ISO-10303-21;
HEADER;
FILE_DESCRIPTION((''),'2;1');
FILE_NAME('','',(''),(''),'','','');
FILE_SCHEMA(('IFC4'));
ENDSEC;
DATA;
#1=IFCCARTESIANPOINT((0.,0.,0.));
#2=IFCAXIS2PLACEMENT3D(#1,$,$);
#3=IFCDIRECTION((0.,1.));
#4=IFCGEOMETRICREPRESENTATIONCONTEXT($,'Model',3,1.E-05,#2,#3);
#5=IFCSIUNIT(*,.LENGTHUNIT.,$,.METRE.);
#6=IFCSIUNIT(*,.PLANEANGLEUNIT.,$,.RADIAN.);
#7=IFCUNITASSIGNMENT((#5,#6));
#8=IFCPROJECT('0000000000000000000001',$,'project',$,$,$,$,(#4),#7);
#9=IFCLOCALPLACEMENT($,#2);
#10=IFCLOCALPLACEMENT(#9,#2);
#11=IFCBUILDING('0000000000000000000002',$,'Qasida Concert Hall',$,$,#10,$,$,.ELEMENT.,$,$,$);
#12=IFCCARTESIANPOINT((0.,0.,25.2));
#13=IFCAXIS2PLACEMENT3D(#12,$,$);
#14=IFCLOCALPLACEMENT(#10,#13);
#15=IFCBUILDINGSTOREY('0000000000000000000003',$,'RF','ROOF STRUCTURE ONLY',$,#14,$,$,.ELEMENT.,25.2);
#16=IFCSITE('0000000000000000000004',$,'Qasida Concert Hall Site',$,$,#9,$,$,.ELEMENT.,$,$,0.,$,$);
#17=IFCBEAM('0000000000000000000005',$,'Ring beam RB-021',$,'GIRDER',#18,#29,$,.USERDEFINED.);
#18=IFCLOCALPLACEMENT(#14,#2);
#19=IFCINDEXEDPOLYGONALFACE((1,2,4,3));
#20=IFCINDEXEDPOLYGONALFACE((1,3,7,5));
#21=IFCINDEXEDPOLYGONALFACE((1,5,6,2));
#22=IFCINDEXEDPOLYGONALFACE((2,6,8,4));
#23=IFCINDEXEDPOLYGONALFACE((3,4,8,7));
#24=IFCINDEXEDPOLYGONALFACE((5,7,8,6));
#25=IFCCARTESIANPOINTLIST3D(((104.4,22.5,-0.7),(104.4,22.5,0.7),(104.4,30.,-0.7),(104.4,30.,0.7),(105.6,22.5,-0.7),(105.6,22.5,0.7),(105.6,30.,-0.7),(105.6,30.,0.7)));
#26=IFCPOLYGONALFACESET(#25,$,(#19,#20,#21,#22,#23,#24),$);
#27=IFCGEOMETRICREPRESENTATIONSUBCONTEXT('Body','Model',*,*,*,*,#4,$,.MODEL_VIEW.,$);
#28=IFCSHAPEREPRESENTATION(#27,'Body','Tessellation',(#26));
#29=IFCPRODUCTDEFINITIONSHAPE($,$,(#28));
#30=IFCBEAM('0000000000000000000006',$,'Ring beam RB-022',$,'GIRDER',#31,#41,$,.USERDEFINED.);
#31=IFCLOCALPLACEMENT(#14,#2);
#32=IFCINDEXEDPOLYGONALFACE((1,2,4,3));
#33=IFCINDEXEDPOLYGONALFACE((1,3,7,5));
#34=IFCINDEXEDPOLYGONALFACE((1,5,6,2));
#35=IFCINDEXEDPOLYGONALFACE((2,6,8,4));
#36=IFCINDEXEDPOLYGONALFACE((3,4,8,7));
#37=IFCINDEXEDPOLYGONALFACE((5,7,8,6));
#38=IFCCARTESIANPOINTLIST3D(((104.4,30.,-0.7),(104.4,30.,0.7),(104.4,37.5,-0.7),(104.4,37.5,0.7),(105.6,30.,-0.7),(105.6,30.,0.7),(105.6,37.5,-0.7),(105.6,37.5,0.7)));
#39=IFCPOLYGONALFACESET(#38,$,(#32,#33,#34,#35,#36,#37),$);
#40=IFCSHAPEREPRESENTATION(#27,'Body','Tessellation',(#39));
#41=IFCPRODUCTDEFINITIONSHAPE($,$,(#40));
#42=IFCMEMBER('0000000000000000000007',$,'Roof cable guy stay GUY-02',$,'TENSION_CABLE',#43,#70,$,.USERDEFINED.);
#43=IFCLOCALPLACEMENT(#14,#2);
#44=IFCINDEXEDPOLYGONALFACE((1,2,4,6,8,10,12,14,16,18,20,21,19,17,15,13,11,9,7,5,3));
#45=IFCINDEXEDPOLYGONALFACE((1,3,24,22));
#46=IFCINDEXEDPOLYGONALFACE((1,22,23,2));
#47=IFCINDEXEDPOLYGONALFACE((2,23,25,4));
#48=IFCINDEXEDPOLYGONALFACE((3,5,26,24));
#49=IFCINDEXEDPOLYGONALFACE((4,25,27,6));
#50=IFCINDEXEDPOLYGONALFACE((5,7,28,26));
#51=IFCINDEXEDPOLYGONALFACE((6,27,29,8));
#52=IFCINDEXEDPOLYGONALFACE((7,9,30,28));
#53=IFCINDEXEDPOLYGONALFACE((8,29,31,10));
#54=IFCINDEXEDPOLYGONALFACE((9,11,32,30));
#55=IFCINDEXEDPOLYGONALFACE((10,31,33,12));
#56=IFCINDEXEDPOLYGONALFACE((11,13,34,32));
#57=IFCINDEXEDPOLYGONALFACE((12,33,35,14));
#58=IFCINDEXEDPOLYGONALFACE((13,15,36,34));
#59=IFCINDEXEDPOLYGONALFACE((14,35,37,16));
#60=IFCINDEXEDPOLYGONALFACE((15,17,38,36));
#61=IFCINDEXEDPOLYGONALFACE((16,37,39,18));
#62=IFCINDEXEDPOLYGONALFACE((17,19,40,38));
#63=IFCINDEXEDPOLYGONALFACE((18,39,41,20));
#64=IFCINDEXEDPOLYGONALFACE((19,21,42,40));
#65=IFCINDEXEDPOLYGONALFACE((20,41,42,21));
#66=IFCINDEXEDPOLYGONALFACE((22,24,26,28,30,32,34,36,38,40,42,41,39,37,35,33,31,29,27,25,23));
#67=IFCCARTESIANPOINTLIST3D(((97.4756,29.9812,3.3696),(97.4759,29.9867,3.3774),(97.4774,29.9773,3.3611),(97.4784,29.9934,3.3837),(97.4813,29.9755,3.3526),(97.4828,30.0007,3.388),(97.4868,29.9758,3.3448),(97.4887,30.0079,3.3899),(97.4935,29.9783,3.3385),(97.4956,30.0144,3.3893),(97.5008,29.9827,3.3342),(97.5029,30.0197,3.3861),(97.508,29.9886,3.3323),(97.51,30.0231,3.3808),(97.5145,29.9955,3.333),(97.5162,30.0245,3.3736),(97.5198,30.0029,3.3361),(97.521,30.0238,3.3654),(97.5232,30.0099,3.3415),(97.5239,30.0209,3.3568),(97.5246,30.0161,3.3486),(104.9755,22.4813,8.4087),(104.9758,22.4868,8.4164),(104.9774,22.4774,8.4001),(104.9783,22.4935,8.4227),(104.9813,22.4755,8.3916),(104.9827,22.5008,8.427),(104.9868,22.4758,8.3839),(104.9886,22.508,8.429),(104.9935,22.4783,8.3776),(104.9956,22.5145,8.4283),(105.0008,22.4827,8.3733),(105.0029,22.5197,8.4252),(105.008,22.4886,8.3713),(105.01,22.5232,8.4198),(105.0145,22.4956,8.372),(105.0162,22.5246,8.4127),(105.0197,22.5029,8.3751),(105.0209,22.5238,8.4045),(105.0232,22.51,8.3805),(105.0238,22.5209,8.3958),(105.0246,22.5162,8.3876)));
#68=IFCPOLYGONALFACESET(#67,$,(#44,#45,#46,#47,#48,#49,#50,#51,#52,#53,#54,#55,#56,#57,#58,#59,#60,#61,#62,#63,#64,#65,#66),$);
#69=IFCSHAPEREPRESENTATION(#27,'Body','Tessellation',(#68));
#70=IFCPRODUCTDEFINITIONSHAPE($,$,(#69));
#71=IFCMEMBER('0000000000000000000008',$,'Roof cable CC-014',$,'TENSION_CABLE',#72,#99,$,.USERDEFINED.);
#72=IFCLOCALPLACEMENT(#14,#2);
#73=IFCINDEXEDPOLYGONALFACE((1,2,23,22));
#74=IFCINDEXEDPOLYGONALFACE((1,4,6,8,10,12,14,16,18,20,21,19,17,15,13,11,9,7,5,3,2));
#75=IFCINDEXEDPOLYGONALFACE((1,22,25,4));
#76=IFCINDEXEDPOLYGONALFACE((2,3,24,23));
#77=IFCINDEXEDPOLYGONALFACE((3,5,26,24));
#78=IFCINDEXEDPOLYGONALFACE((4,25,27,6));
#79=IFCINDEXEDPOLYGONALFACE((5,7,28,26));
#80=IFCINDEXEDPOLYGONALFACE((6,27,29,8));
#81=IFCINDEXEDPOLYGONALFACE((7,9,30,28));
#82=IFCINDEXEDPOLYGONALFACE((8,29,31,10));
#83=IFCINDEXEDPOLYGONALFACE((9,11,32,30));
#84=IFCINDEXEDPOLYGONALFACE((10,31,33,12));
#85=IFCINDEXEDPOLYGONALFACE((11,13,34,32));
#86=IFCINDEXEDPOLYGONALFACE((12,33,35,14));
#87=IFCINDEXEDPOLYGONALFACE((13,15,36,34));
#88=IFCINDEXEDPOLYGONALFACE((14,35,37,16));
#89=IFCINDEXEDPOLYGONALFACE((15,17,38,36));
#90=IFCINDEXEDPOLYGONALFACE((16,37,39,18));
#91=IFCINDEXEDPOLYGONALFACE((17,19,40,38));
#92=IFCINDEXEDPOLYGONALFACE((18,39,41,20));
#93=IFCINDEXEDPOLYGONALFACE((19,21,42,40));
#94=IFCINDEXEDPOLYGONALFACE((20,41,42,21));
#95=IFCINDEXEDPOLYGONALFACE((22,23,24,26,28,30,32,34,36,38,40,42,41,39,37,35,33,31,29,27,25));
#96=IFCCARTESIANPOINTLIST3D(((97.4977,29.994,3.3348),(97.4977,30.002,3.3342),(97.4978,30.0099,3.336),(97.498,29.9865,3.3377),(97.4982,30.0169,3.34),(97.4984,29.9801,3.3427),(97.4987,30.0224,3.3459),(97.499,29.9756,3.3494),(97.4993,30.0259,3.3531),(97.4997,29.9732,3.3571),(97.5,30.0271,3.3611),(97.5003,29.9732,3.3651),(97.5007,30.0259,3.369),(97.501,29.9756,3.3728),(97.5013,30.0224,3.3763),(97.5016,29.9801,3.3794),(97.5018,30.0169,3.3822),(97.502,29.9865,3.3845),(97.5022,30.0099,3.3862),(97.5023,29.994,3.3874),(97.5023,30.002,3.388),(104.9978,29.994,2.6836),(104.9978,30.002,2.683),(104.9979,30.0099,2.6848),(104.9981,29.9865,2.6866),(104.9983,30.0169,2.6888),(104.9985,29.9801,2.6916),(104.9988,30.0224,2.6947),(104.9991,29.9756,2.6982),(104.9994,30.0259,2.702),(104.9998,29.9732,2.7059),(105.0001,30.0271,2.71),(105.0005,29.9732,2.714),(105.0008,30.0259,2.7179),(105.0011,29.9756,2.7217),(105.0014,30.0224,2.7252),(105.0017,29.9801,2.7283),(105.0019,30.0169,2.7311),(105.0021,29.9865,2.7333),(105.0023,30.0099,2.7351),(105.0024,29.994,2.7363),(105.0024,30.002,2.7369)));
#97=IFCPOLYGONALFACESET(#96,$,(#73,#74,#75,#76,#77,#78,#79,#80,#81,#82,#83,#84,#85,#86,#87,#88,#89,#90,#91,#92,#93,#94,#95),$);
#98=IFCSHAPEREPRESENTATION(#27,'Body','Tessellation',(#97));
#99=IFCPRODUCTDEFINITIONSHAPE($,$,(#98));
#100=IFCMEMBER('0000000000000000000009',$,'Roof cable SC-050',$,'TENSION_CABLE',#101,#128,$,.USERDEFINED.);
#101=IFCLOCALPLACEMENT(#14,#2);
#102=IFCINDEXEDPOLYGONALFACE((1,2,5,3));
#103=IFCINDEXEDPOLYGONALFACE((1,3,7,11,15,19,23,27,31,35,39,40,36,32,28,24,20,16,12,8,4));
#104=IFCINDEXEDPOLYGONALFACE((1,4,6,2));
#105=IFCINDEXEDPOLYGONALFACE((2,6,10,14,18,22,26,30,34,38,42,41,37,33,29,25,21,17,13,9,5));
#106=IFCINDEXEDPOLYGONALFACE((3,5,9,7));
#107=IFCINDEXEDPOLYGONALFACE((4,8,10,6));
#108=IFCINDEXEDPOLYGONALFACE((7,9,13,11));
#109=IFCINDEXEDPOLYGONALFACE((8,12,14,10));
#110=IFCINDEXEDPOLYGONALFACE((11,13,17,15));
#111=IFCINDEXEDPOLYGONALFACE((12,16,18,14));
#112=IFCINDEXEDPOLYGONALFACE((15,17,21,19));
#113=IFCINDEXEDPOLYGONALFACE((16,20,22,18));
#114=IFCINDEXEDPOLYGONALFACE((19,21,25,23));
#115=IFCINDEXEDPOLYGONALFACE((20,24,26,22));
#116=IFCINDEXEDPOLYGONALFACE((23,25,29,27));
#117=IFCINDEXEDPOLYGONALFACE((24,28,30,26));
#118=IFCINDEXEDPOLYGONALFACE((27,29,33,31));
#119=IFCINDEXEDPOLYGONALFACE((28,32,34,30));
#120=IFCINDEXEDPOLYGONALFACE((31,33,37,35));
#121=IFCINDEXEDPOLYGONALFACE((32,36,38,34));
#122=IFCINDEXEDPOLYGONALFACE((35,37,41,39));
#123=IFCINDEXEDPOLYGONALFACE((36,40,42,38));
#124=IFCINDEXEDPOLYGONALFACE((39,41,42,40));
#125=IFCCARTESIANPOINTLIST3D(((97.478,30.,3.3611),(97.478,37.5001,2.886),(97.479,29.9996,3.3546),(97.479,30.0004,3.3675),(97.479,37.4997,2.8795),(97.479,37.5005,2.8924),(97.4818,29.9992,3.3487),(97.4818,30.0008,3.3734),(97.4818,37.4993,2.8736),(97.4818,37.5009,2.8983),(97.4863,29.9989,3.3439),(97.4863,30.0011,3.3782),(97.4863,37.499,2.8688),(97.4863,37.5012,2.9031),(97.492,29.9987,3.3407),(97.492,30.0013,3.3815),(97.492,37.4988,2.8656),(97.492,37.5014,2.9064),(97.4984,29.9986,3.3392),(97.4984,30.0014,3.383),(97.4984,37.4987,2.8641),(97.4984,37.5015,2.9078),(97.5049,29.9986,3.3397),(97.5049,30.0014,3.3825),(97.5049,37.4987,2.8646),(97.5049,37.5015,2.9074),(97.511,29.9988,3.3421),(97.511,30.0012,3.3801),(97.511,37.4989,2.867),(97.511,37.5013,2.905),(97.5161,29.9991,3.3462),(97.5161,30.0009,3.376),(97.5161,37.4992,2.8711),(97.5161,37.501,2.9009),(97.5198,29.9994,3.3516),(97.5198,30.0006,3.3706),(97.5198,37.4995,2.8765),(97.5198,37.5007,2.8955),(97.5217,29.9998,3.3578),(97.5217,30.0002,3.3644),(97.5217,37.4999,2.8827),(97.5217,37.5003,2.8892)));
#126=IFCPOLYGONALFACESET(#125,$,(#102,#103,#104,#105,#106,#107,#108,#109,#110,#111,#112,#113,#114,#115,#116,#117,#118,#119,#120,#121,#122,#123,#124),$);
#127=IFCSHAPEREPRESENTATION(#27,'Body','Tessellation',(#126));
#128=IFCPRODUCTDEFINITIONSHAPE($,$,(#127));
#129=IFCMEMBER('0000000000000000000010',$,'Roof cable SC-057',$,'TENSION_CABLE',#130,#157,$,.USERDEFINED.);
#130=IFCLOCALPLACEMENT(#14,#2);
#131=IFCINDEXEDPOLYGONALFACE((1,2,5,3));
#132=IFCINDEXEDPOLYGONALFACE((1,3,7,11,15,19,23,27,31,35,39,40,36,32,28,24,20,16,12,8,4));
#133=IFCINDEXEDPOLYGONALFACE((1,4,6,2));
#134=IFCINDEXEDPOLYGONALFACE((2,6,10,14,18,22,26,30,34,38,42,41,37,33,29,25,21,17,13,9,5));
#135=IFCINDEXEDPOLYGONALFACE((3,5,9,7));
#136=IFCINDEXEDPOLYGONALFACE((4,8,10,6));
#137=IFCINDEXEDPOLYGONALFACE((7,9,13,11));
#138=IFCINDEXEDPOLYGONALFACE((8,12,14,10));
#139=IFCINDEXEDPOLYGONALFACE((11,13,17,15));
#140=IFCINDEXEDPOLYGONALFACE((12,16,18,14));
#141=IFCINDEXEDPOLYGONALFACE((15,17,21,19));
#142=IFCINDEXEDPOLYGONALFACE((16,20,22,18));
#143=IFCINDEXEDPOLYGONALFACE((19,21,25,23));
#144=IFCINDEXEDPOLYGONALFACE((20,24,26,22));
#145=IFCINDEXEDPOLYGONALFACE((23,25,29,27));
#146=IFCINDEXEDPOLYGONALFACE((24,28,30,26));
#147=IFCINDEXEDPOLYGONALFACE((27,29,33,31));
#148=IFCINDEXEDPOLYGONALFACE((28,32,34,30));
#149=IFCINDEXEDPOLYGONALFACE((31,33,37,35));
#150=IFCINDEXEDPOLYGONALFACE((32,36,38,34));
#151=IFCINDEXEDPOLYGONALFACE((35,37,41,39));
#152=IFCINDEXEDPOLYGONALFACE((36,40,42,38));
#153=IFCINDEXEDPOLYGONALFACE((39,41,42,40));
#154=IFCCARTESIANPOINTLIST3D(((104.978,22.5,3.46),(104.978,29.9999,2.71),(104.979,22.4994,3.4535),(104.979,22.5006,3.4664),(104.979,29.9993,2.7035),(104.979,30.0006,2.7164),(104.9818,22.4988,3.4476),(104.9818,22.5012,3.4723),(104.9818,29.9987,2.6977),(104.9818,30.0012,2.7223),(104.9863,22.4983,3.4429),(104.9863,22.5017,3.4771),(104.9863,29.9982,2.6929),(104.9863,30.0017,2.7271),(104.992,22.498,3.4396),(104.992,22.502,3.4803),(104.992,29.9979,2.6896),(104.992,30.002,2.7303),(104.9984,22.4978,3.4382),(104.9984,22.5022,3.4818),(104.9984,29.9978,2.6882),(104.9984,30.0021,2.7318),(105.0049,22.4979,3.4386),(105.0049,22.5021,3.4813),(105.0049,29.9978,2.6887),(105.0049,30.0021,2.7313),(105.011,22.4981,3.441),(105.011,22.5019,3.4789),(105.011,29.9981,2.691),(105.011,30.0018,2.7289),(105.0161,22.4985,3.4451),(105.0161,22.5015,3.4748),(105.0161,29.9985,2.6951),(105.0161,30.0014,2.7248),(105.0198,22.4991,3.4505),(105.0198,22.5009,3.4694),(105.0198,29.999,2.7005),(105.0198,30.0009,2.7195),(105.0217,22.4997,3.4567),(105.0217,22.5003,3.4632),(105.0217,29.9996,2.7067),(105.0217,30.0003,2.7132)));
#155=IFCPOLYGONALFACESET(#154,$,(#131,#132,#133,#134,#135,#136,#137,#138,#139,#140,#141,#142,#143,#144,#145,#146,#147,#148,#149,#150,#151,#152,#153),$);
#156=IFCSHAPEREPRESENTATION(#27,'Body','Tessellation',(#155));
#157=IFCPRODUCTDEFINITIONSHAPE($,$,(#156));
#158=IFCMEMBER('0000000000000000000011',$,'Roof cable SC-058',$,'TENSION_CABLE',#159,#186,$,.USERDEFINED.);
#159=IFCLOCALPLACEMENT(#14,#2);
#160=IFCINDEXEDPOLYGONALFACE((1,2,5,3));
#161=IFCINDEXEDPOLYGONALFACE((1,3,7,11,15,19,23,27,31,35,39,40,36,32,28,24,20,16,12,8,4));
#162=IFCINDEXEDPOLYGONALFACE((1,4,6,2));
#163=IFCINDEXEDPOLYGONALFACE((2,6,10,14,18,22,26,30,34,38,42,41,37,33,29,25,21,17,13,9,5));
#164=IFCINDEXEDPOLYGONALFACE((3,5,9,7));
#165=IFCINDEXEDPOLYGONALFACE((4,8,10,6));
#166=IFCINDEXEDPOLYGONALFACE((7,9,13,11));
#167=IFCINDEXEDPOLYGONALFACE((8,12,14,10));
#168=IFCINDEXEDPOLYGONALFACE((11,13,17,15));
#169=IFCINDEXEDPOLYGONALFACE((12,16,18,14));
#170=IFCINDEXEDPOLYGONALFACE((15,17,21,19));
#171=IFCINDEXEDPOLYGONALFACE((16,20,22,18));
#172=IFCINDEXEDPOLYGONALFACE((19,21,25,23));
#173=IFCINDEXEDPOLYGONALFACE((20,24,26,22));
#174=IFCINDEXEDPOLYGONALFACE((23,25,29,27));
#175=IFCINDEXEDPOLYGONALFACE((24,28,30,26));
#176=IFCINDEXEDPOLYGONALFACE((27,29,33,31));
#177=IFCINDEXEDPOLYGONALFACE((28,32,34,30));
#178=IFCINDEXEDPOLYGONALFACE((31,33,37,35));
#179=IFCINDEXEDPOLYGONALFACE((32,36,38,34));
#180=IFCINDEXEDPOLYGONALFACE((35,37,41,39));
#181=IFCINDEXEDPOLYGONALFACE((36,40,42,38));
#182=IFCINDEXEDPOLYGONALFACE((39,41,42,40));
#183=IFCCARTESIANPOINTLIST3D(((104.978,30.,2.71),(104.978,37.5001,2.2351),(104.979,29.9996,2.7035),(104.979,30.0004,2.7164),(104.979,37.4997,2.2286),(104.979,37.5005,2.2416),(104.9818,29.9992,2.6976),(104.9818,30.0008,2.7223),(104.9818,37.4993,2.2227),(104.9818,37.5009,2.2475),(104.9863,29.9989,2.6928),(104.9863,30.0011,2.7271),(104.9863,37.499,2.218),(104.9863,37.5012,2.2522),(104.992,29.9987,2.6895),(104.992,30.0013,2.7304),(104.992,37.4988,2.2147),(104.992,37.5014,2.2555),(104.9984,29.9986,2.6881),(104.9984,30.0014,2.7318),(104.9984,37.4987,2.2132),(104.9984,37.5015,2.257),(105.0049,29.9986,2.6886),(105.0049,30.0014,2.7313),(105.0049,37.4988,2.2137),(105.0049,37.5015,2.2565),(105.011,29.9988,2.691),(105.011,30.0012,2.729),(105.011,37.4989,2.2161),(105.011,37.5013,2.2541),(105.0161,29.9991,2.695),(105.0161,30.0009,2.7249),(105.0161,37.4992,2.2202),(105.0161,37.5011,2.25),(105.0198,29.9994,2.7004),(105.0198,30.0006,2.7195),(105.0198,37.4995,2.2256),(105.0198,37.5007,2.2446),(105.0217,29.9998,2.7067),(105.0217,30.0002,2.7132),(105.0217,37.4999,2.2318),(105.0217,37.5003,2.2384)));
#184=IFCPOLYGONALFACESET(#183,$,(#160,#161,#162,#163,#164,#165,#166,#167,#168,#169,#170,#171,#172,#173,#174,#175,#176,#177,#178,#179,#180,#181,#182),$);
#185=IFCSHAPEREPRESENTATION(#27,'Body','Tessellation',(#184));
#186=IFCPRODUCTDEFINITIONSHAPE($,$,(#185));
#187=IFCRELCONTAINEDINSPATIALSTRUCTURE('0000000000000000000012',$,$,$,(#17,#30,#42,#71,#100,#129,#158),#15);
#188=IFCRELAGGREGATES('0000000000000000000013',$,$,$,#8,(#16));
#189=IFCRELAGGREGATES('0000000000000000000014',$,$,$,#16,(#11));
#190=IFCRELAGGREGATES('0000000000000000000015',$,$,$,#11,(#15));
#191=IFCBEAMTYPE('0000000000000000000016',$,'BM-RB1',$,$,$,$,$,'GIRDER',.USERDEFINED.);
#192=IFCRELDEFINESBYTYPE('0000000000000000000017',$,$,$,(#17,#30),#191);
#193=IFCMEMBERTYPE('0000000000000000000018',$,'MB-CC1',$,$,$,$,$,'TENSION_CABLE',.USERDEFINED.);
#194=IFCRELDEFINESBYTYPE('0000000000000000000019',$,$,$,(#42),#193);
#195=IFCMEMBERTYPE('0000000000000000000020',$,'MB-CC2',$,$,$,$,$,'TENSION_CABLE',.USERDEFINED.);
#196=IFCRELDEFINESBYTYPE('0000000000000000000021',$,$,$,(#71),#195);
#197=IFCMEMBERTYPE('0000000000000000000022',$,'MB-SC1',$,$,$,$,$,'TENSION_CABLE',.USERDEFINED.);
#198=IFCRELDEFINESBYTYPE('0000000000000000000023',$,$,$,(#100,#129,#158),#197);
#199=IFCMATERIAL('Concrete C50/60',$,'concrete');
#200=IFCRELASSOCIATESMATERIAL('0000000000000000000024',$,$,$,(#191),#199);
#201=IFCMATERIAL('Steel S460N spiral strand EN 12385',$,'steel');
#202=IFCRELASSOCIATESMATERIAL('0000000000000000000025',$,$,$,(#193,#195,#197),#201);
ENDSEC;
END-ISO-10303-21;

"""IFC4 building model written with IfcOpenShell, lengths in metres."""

from ifc_helpers import new_model, si_unit, direction, frame, origin, origin_2d, place, context, subcontext, project, spatial, rectangle, circle, extrude, material, material_profile, profile_set, type_object, element, save


model = new_model("IFC4")

# Units and contexts
model_context = context("Model", 3, precision=1e-05, world=origin(), true_north=direction((0.0, 1.0)))
body_context = subcontext(model_context, "Body", "Model", "MODEL_VIEW")
ifc_project = project(units=[si_unit("LENGTHUNIT", "METRE"), si_unit("PLANEANGLEUNIT", "RADIAN")], contexts=[model_context])

# Site, building, storey
site_placement = place(None, origin())
site = spatial("IfcSite", under=ifc_project, at=site_placement, Name="Qasida Concert Hall Site", CompositionType="ELEMENT", RefElevation=0.0)
building_placement = place(site_placement, origin())
building = spatial("IfcBuilding", under=site, at=building_placement, Name="Qasida Concert Hall", CompositionType="ELEMENT")
storey_placement = place(building_placement, frame((0.0, 0.0, 25.2)))
storey = spatial("IfcBuildingStorey", under=building, at=storey_placement, Name="RF", Description="ROOF STRUCTURE ONLY", CompositionType="ELEMENT", Elevation=25.2)

# Beams
ifc_material_1 = material(Name="Concrete C50/60", Category="concrete")
ifc_material_profile_1 = material_profile(ifc_material_1, rectangle(XDim=1.2, YDim=1.3999, at=origin_2d()), Name="RC 1200x1400")
ifc_profile_set_1 = profile_set([ifc_material_profile_1], Name="Concrete C50/60")
beam_type = type_object("IfcBeamType", Name="BM-RB1", ElementType="GIRDER", PredefinedType="USERDEFINED", material=ifc_profile_set_1)
for number, where, z_axis, x_axis, name in (
    (1, (105.0, 22.5, 0.0), (0.0, 1.0, 0.0), (-1.0, 0.0, 0.0), "Ring beam RB-021"),
    (2, (105.0, 30.0, 0.0), (0.0, 1.0, 0.0), (-1.0, 0.0, 0.0), "Ring beam RB-022"),
):
    element("IfcBeam", number, at=place(storey_placement, frame(where, z_axis=z_axis, x_axis=x_axis)), inside=storey, type_object=beam_type, Name=name, ObjectType="GIRDER", PredefinedType="USERDEFINED", context=body_context, shape_type="SweptSolid", body=[
        extrude(rectangle(XDim=1.2, YDim=1.3999, at=origin_2d()), origin(), (0.0, 0.0, 1.0), 7.5),
    ])

# Members
ifc_material_2 = material(Name="Steel S460N spiral strand EN 12385", Category="steel")
ifc_material_profile_2 = material_profile(ifc_material_2, circle(Radius=0.032, at=origin_2d()), Name="STRAND D64")
ifc_profile_set_2 = profile_set([ifc_material_profile_2], Name="Steel S460N spiral strand EN 12385")
member_type_1 = type_object("IfcMemberType", Name="MB-CC1", ElementType="TENSION_CABLE", PredefinedType="USERDEFINED", material=ifc_profile_set_2)
member_1_placement = place(storey_placement, frame((105.0, 22.5, 8.4001), z_axis=(-0.638692, 0.638692, -0.429121), x_axis=(-0.707107, -0.707107, 0.0)))
element("IfcMember", 3, at=member_1_placement, inside=storey, type_object=member_type_1, Name="Roof cable guy stay GUY-02", ObjectType="TENSION_CABLE", PredefinedType="USERDEFINED", context=body_context, shape_type="SweptSolid", body=[
    extrude(circle(Radius=0.032, at=origin_2d()), origin(), (0.0, 0.0, 1.0), 11.7427),
])
ifc_material_profile_3 = material_profile(ifc_material_2, circle(Radius=0.0271, at=origin_2d()), Name="STRAND D54")
ifc_profile_set_3 = profile_set([ifc_material_profile_3], Name="Steel S460N spiral strand EN 12385")
member_type_2 = type_object("IfcMemberType", Name="MB-CC2", ElementType="TENSION_CABLE", PredefinedType="USERDEFINED", material=ifc_profile_set_3)
member_2_placement = place(storey_placement, frame((97.5, 30.0, 3.3611), z_axis=(0.996253, 0.0, -0.086491), x_axis=(0.0, 1.0, 0.0)))
element("IfcMember", 4, at=member_2_placement, inside=storey, type_object=member_type_2, Name="Roof cable CC-014", ObjectType="TENSION_CABLE", PredefinedType="USERDEFINED", context=body_context, shape_type="SweptSolid", body=[
    extrude(circle(Radius=0.0271, at=origin_2d()), origin(), (0.0, 0.0, 1.0), 7.5283),
])
ifc_material_profile_4 = material_profile(ifc_material_2, circle(Radius=0.022, at=origin_2d()), Name="STRAND D44")
ifc_profile_set_4 = profile_set([ifc_material_profile_4], Name="Steel S460N spiral strand EN 12385")
member_type_3 = type_object("IfcMemberType", Name="MB-SC1", ElementType="TENSION_CABLE", PredefinedType="USERDEFINED", material=ifc_profile_set_4)
member_3_placement = place(storey_placement, frame((97.5, 30.0, 3.3611), z_axis=(0.0, 0.998, -0.06322), x_axis=(-1.0, 0.0, 0.0)))
element("IfcMember", 5, at=member_3_placement, inside=storey, type_object=member_type_3, Name="Roof cable SC-050", ObjectType="TENSION_CABLE", PredefinedType="USERDEFINED", context=body_context, shape_type="SweptSolid", body=[
    extrude(circle(Radius=0.022, at=origin_2d()), origin(), (0.0, 0.0, 1.0), 7.5151),
])
member_4_placement = place(storey_placement, frame((105.0, 22.5, 3.46), z_axis=(0.0, 0.995037, -0.099504), x_axis=(-1.0, 0.0, 0.0)))
element("IfcMember", 6, at=member_4_placement, inside=storey, type_object=member_type_3, Name="Roof cable SC-057", ObjectType="TENSION_CABLE", PredefinedType="USERDEFINED", context=body_context, shape_type="SweptSolid", body=[
    extrude(circle(Radius=0.022, at=origin_2d()), origin(), (0.0, 0.0, 1.0), 7.5374),
])
member_5_placement = place(storey_placement, frame((105.0, 30.0, 2.71), z_axis=(0.0, 0.998002, -0.063187), x_axis=(-1.0, 0.0, 0.0)))
element("IfcMember", 7, at=member_5_placement, inside=storey, type_object=member_type_3, Name="Roof cable SC-058", ObjectType="TENSION_CABLE", PredefinedType="USERDEFINED", context=body_context, shape_type="SweptSolid", body=[
    extrude(circle(Radius=0.022, at=origin_2d()), origin(), (0.0, 0.0, 1.0), 7.5151),
])

save(model, "model.ifc")
